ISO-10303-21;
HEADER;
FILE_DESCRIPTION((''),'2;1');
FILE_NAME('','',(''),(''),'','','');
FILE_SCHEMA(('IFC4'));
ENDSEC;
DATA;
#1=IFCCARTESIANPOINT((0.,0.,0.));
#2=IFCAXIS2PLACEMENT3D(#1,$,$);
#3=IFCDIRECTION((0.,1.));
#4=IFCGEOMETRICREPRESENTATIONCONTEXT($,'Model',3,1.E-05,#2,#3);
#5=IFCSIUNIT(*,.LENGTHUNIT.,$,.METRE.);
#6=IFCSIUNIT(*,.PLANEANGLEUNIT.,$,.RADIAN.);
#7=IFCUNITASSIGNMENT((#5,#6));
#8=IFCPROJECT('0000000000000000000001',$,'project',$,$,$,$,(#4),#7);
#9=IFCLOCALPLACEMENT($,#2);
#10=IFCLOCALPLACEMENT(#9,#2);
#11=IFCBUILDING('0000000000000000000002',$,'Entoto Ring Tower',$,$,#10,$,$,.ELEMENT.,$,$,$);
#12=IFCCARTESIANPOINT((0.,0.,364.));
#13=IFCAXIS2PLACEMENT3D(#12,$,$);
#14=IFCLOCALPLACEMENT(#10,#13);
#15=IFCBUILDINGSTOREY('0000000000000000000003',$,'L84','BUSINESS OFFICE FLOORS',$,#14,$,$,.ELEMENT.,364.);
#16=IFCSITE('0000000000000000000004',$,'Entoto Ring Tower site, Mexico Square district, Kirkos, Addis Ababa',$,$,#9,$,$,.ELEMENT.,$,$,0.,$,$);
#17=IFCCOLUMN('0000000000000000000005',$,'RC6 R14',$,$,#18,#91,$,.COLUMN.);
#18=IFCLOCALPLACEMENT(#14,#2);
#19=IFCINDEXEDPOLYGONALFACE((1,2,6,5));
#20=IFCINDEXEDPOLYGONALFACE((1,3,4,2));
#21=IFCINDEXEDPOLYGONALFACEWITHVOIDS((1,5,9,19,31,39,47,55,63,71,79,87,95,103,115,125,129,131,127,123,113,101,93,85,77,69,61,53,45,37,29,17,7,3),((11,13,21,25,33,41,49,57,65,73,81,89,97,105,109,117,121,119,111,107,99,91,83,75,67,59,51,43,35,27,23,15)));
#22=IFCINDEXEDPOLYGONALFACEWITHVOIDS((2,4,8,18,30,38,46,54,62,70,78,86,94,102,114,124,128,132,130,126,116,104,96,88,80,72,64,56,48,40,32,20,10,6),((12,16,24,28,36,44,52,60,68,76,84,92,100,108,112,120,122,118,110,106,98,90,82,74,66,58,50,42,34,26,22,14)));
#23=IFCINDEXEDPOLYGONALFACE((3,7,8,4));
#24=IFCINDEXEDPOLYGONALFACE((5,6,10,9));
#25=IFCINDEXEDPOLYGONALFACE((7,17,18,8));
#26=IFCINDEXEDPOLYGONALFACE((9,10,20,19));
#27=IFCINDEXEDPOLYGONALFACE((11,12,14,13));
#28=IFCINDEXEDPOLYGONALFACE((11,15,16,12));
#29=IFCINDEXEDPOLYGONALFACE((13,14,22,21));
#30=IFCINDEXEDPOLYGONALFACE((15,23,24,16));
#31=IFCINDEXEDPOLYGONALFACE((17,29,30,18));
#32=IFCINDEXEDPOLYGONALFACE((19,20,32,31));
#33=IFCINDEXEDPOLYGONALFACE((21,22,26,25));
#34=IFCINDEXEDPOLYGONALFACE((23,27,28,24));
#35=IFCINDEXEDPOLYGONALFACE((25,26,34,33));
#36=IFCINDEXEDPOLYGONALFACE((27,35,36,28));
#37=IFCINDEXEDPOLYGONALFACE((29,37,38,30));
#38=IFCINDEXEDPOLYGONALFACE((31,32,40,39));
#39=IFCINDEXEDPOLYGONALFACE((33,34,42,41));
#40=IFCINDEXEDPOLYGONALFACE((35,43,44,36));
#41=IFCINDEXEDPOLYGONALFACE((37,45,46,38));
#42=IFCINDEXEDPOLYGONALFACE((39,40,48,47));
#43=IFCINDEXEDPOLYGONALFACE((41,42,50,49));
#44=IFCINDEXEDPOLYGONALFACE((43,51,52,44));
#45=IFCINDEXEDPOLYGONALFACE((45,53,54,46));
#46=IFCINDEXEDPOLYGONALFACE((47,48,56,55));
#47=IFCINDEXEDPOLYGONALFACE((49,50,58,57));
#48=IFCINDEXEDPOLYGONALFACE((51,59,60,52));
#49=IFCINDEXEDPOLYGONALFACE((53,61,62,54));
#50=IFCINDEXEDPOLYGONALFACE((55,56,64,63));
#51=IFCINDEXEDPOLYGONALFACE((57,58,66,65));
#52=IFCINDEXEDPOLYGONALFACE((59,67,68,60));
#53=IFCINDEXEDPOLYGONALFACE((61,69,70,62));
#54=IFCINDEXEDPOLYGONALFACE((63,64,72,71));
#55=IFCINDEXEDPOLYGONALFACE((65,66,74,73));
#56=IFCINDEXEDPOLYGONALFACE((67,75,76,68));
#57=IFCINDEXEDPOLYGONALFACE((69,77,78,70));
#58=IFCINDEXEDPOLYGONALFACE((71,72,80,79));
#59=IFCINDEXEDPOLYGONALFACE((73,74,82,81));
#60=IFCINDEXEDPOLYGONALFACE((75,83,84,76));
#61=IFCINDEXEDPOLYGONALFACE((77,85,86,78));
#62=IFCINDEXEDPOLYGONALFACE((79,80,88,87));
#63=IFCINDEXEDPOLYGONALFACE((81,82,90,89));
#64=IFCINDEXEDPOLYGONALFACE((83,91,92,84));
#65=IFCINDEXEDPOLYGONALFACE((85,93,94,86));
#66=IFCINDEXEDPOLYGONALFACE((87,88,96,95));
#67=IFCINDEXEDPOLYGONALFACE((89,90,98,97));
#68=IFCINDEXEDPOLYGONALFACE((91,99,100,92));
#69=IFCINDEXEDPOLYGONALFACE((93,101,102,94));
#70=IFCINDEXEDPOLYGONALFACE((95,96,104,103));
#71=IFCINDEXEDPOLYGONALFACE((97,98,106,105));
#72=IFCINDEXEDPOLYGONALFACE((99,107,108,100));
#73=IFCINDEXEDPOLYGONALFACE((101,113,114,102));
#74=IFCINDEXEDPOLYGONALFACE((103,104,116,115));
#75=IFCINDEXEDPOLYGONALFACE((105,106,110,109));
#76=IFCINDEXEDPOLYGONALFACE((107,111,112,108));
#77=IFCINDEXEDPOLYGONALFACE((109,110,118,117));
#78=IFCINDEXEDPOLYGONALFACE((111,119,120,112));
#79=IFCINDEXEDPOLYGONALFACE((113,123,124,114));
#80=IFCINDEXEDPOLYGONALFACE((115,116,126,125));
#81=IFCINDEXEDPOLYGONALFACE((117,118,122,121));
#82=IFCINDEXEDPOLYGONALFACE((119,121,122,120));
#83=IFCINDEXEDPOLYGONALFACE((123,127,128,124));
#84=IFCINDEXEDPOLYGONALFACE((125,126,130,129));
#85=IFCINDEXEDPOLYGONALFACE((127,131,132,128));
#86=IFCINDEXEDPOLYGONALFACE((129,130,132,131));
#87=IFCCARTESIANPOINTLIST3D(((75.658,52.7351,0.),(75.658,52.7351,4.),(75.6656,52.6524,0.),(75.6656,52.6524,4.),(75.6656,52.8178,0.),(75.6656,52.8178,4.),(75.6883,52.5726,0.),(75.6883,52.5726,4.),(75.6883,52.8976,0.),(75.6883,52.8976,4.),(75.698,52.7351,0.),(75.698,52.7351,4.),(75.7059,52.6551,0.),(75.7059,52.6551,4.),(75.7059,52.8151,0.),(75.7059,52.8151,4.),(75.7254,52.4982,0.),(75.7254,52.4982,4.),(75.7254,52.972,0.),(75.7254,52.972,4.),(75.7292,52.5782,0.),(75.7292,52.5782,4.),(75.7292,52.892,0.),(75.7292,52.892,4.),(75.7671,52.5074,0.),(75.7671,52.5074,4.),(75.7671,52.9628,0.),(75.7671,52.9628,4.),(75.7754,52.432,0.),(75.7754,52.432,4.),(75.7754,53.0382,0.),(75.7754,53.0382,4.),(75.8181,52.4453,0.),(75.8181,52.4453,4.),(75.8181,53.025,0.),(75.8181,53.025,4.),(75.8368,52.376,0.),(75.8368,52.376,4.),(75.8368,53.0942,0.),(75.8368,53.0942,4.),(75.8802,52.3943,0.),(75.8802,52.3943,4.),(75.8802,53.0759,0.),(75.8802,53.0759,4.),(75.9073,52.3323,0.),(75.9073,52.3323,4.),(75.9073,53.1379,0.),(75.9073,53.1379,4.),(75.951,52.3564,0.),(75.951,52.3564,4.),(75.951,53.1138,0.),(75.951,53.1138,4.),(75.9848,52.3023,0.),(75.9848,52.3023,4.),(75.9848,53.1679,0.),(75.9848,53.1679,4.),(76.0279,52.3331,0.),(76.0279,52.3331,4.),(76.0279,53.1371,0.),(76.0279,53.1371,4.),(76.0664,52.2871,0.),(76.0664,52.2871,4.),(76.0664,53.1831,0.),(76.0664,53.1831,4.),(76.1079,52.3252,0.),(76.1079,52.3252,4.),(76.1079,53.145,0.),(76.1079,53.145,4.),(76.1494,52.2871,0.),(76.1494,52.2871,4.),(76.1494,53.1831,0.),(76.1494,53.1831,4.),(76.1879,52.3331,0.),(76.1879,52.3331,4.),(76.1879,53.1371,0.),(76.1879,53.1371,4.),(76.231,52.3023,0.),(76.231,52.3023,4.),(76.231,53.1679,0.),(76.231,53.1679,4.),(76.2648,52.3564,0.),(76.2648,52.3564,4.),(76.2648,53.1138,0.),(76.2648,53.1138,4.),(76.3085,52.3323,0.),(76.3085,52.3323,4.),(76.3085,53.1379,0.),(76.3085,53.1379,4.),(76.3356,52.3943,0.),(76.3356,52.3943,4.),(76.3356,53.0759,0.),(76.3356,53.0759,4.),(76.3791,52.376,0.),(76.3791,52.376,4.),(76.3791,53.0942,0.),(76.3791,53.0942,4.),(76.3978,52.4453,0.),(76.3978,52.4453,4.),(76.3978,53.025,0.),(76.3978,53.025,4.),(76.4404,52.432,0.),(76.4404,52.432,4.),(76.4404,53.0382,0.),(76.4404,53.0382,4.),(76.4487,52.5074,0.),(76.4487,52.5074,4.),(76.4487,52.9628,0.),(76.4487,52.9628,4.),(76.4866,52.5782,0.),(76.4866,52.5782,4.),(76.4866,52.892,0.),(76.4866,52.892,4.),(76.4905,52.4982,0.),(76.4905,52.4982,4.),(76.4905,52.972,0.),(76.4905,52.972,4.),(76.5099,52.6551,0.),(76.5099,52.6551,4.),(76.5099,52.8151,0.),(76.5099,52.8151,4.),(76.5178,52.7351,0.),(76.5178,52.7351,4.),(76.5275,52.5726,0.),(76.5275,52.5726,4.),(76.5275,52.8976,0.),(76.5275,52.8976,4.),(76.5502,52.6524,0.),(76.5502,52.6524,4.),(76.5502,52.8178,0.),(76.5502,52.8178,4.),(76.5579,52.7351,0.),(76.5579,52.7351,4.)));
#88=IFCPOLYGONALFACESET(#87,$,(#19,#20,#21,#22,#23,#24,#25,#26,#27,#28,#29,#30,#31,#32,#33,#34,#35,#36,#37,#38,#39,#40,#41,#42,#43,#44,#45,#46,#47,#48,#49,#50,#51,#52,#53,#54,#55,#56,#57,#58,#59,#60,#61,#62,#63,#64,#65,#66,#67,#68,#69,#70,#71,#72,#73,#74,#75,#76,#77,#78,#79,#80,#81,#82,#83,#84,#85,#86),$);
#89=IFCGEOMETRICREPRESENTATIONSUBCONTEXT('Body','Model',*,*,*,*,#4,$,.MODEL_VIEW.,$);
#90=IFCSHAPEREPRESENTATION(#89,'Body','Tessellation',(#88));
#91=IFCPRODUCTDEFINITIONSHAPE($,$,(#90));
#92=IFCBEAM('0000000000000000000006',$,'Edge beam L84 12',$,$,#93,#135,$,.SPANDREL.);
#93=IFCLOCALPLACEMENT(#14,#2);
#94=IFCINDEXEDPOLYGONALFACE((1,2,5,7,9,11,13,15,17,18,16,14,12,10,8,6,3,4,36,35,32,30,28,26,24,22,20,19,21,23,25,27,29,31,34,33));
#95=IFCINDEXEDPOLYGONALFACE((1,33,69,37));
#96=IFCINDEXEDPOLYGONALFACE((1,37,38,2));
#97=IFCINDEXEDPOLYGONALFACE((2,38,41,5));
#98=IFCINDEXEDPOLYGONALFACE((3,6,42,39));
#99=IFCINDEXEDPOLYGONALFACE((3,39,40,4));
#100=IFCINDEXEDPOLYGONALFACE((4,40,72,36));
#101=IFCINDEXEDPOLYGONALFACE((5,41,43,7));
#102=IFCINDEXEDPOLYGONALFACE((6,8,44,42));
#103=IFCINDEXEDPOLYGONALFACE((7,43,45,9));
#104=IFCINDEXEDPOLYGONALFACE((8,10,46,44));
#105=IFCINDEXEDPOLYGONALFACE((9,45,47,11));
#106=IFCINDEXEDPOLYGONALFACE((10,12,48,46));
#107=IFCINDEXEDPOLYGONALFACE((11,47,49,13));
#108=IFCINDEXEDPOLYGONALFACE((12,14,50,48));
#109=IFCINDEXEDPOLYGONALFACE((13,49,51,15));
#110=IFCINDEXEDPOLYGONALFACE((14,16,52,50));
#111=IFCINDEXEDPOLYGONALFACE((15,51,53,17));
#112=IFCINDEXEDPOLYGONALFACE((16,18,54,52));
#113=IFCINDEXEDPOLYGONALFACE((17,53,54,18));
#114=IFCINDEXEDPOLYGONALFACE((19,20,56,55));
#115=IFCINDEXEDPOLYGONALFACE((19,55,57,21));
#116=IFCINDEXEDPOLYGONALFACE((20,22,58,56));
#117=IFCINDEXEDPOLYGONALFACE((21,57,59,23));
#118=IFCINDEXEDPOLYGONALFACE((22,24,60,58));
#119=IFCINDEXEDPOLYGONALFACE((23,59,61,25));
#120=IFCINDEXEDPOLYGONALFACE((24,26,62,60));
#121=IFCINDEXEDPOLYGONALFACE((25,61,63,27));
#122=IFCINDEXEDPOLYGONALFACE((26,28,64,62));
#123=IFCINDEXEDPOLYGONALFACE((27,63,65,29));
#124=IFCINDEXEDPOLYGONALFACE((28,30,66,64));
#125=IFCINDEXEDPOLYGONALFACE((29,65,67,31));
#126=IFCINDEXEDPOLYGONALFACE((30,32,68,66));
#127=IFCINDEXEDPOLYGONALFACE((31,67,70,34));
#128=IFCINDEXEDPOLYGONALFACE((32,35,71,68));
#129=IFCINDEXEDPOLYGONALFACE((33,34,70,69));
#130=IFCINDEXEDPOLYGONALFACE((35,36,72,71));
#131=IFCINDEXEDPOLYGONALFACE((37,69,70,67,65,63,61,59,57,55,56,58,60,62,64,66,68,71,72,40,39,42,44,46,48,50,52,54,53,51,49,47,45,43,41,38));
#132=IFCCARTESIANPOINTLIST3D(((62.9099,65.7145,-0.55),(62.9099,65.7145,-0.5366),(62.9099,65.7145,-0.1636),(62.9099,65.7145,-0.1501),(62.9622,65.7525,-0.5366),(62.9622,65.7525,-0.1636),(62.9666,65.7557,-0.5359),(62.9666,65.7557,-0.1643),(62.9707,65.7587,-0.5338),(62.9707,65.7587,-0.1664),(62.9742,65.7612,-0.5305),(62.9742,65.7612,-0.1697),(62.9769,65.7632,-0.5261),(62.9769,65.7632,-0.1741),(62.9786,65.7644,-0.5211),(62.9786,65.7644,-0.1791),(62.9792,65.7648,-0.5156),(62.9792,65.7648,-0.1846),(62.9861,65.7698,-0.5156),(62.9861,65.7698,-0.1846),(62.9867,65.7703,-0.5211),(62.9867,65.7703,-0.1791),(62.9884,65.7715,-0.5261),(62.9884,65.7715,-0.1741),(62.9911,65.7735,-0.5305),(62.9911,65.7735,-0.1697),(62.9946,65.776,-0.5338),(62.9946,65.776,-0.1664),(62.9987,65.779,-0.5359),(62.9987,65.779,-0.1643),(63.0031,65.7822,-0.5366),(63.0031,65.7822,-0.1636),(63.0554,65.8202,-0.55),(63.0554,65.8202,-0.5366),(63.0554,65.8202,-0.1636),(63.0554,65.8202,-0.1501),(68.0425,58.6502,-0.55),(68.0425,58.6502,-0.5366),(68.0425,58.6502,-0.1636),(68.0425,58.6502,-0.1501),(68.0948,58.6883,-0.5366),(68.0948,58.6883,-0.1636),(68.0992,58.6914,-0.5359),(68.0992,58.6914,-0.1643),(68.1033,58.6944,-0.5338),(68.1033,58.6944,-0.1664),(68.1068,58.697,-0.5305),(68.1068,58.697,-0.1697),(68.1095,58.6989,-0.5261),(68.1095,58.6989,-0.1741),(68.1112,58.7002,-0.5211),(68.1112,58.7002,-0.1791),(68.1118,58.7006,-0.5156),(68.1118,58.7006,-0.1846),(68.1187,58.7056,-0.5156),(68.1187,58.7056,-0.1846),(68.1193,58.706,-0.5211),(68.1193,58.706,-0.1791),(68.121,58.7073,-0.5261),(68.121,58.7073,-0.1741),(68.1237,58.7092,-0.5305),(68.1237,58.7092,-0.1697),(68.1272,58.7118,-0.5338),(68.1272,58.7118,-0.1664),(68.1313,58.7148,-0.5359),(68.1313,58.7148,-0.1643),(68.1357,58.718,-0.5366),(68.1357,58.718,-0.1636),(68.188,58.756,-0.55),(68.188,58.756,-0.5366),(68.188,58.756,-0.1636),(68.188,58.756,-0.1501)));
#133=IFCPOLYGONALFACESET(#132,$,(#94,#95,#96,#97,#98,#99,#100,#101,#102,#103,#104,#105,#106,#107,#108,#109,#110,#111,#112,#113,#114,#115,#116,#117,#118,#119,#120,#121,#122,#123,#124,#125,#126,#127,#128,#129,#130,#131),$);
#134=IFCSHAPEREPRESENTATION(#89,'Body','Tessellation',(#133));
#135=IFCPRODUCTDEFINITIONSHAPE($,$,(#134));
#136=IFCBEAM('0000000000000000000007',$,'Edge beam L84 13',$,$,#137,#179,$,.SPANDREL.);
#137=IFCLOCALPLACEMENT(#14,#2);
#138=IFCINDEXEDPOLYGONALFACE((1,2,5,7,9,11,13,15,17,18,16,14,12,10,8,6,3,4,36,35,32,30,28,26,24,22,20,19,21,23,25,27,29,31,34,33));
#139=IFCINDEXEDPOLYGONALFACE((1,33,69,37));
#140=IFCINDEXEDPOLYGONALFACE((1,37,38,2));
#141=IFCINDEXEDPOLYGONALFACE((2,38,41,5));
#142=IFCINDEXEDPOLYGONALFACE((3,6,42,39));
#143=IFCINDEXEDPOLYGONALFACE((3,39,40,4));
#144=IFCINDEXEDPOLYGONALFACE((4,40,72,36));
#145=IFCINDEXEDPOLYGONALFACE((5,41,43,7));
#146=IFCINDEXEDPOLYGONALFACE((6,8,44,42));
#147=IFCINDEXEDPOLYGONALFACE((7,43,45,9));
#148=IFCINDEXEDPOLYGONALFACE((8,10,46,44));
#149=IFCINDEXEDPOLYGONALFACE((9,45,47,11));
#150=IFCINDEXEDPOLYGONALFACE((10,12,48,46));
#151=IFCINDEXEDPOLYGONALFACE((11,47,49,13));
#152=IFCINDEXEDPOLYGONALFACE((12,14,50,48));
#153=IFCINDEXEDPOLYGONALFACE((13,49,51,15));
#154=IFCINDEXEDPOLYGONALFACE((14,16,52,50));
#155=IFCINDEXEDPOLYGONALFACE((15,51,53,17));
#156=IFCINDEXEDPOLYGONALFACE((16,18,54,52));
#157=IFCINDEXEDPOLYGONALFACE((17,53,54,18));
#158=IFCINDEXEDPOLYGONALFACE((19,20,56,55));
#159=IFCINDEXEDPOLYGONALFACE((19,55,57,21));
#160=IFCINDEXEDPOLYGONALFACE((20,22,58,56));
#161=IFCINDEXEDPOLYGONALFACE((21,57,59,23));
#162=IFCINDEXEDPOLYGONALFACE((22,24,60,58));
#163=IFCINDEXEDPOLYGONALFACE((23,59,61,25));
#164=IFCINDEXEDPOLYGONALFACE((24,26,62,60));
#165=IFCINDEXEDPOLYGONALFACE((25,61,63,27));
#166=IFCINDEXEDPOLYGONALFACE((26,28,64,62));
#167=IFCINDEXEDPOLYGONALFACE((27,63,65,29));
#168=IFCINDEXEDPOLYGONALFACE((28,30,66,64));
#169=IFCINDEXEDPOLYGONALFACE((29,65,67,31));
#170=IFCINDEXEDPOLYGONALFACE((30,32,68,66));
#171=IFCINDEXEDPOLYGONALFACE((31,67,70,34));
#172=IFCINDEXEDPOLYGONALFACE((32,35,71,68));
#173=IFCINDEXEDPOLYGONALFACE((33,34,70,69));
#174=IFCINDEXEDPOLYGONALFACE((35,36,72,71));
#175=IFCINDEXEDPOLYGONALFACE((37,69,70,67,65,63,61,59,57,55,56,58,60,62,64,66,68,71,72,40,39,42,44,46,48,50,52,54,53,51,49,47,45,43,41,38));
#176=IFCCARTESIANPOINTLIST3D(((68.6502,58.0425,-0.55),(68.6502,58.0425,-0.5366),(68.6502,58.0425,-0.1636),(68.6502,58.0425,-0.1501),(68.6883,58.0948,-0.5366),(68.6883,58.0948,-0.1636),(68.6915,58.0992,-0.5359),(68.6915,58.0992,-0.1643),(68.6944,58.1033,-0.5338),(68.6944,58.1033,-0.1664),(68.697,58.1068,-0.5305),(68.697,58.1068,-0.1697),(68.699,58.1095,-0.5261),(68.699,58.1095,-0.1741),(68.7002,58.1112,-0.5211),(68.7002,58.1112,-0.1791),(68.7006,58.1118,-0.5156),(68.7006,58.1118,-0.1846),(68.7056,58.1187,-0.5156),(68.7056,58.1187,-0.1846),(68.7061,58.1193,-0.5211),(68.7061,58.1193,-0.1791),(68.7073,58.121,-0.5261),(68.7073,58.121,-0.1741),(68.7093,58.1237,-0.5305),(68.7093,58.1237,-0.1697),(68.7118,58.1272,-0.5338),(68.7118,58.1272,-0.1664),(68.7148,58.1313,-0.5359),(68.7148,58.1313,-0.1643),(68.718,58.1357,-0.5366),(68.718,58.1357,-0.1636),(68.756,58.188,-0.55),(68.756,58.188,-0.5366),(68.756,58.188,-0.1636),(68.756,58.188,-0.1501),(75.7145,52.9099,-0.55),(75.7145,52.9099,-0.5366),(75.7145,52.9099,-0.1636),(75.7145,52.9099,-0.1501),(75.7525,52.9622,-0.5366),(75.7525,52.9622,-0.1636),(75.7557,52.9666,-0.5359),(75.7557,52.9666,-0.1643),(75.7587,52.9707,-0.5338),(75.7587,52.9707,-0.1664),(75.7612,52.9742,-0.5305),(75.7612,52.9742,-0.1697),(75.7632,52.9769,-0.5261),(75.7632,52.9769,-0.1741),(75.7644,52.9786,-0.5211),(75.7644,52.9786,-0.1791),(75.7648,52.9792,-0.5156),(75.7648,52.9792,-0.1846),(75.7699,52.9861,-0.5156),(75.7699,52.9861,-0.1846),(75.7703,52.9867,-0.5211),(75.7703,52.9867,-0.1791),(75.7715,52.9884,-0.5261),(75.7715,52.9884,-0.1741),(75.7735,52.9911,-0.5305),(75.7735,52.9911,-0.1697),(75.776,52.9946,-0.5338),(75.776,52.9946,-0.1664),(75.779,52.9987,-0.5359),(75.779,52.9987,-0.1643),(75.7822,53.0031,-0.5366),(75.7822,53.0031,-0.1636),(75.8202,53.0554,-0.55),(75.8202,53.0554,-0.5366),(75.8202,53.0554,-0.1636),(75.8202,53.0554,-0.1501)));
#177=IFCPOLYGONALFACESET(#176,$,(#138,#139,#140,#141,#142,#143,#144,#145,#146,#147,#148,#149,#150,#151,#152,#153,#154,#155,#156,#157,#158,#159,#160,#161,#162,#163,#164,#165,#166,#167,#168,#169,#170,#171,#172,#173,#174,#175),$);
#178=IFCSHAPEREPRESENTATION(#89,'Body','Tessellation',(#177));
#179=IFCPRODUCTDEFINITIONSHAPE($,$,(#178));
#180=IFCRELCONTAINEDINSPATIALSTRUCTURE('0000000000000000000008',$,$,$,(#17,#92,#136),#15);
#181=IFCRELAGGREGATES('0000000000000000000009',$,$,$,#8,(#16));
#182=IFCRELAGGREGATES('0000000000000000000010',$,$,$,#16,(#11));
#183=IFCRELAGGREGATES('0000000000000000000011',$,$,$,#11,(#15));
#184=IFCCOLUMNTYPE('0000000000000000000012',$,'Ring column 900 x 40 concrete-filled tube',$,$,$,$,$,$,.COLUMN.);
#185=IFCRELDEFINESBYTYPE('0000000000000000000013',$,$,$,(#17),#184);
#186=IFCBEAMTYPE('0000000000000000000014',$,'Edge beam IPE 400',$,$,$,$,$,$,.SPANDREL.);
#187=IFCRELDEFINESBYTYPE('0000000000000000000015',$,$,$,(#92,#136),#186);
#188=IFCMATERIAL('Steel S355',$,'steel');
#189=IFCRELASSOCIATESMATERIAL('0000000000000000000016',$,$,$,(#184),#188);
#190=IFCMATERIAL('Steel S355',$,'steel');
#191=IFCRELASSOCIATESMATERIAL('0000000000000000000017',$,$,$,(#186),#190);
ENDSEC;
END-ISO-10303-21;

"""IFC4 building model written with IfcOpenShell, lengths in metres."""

from ifc_helpers import new_model, si_unit, direction, frame, origin, origin_2d, place, context, subcontext, project, spatial, circle, hollow_circle, i_section, extrude, material, material_profile, profile_set, type_object, element, save


model = new_model("IFC4")

# Units and contexts
model_context = context("Model", 3, precision=1e-05, world=origin(), true_north=direction((0.0, 1.0)))
body_context = subcontext(model_context, "Body", "Model", "MODEL_VIEW")
ifc_project = project(units=[si_unit("LENGTHUNIT", "METRE"), si_unit("PLANEANGLEUNIT", "RADIAN")], contexts=[model_context])

# Site, building, storey
site_placement = place(None, origin())
site = spatial("IfcSite", under=ifc_project, at=site_placement, Name="Entoto Ring Tower site, Mexico Square district, Kirkos, Addis Ababa", CompositionType="ELEMENT", RefElevation=0.0)
building_placement = place(site_placement, origin())
building = spatial("IfcBuilding", under=site, at=building_placement, Name="Entoto Ring Tower", CompositionType="ELEMENT")
storey_placement = place(building_placement, frame((0.0, 0.0, 364.0)))
storey = spatial("IfcBuildingStorey", under=building, at=storey_placement, Name="L84", Description="BUSINESS OFFICE FLOORS", CompositionType="ELEMENT", Elevation=364.0)

# Column
ifc_material_1 = material(Name="Steel S355", Category="steel")
ifc_material_profile_1 = material_profile(ifc_material_1, hollow_circle(Radius=0.45, WallThickness=0.04, at=origin_2d()), Name="CHS 900 x 40")
ifc_material_2 = material(Name="Concrete C60/75", Category="concrete")
ifc_material_profile_2 = material_profile(ifc_material_2, circle(Radius=0.4099, at=origin_2d()), Name="Concrete C60/75 infill")
ifc_profile_set_1 = profile_set([ifc_material_profile_1, ifc_material_profile_2], Name="Steel S355")
column_type = type_object("IfcColumnType", Name="Ring column 900 x 40 concrete-filled tube", PredefinedType="COLUMN", material=ifc_profile_set_1)
for number, where, z_axis, x_axis, name in (
    (1, (76.1079, 52.7351, 0.0), (0.0, 0.0, 1.0), (1.0, 0.0, 0.0), "RC6 R14"),
):
    element("IfcColumn", number, at=place(storey_placement, frame(where, z_axis=z_axis, x_axis=x_axis)), inside=storey, type_object=column_type, Name=name, PredefinedType="COLUMN", context=body_context, shape_type="SweptSolid", body=[
        extrude(hollow_circle(Radius=0.45, WallThickness=0.04, at=origin_2d()), origin(), (0.0, 0.0, 1.0), 4.0),
    ])

# Beams
ifc_material_3 = material(Name="Steel S355", Category="steel")
ifc_material_profile_3 = material_profile(ifc_material_3, i_section(OverallWidth=0.1799, OverallDepth=0.3999, WebThickness=0.0085, FlangeThickness=0.0134, FilletRadius=0.021, at=origin_2d()), Name="IPE 400")
ifc_profile_set_2 = profile_set([ifc_material_profile_3], Name="Steel S355")
beam_type_1 = type_object("IfcBeamType", Name="Edge beam IPE 400", PredefinedType="SPANDREL", material=ifc_profile_set_2)
for number, where, z_axis, x_axis, name in (
    (2, (62.9827, 65.7673, -0.3501), (0.587794, -0.80901, 0.0), (0.80901, 0.587794, 0.0), "Edge beam L84 12"),
    (3, (68.7031, 58.1152, -0.3501), (0.80901, -0.587794, 0.0), (0.587794, 0.80901, 0.0), "Edge beam L84 13"),
):
    element("IfcBeam", number, at=place(storey_placement, frame(where, z_axis=z_axis, x_axis=x_axis)), inside=storey, type_object=beam_type_1, Name=name, PredefinedType="SPANDREL", context=body_context, shape_type="SweptSolid", body=[
        extrude(i_section(OverallWidth=0.1799, OverallDepth=0.3999, WebThickness=0.0085, FlangeThickness=0.0134, FilletRadius=0.021, at=origin_2d()), origin(), (0.0, 0.0, 1.0), 8.7319),
    ])

save(model, "model.ifc")
